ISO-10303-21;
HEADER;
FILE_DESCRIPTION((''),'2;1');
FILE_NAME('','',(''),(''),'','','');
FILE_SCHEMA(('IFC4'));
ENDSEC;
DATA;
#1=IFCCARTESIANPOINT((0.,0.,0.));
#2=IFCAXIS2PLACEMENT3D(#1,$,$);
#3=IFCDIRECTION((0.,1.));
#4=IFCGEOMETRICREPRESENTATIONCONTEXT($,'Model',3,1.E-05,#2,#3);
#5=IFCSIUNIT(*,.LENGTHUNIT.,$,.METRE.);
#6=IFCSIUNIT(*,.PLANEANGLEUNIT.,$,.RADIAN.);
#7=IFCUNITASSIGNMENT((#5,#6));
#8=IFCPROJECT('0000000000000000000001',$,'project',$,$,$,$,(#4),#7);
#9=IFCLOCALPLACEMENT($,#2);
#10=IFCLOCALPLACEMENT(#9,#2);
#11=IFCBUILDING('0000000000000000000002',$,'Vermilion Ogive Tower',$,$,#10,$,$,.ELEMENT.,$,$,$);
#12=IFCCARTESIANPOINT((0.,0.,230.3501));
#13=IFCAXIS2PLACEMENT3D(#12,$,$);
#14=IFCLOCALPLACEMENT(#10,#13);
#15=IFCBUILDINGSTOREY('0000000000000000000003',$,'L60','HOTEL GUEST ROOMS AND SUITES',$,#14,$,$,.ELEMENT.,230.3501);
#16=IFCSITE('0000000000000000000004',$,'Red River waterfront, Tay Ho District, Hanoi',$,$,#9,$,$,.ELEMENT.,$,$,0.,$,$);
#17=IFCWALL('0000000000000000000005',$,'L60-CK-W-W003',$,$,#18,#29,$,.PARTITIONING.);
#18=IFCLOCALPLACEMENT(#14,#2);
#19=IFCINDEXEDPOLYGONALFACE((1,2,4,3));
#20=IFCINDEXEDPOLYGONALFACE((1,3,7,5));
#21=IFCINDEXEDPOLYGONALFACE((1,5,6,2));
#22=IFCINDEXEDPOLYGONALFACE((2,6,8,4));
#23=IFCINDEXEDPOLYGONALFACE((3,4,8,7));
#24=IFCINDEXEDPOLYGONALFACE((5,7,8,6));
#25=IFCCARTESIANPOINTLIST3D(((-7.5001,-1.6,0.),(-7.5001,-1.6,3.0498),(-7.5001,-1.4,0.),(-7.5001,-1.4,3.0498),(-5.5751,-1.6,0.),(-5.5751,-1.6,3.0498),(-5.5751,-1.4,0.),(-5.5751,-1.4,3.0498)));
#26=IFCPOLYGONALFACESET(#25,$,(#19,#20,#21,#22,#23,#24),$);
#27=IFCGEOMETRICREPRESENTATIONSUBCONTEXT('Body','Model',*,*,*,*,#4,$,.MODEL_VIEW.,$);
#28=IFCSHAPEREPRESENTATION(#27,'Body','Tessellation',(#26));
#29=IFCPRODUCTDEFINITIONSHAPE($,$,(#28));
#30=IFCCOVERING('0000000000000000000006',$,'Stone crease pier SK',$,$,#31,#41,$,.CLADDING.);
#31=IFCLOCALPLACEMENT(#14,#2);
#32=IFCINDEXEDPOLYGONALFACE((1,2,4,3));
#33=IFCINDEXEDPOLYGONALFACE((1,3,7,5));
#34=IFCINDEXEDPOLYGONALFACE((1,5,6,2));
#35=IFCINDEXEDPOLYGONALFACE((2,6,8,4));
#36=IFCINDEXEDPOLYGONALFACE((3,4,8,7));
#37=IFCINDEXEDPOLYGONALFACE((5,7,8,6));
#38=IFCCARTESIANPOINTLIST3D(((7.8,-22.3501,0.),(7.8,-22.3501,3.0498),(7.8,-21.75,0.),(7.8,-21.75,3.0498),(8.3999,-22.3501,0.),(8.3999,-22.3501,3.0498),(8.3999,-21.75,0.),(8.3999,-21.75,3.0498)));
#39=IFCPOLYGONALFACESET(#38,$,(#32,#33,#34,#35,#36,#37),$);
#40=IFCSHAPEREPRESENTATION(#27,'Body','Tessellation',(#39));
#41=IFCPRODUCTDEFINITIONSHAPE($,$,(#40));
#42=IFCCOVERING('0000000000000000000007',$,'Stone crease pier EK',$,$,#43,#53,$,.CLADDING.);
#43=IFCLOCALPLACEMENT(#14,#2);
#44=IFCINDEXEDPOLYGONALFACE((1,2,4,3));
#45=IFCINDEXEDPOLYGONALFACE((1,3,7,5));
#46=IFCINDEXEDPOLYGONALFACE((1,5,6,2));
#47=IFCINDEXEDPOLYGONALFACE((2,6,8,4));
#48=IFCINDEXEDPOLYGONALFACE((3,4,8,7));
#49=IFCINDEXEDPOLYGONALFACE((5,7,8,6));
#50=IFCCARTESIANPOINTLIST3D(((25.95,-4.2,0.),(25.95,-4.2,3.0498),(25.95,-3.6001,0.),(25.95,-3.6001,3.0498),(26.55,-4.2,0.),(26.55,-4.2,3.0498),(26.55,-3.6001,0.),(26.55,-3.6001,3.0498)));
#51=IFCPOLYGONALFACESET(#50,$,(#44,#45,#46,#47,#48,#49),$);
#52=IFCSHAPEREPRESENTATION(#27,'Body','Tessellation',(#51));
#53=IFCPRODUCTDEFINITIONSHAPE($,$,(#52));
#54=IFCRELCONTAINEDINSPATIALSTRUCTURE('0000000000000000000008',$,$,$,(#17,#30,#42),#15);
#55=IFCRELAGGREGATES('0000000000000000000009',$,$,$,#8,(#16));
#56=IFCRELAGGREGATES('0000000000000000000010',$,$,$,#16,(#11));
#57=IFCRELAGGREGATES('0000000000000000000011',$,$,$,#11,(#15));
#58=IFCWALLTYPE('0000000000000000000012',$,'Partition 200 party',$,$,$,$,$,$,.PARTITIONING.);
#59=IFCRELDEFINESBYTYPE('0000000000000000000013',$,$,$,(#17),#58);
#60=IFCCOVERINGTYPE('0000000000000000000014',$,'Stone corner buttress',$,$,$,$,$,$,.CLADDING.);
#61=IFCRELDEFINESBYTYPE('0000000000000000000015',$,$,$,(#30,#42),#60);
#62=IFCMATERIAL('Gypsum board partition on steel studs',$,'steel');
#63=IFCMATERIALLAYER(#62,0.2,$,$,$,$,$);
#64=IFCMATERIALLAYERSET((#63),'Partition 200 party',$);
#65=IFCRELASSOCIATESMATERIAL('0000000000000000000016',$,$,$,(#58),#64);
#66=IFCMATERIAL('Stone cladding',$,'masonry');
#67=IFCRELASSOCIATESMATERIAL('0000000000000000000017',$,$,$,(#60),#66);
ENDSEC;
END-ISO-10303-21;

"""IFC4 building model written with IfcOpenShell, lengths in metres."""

from ifc_helpers import new_model, si_unit, direction, frame, frame_2d, origin, place, context, subcontext, project, spatial, polyline, rectangle, outline, extrude, material, layer, layer_set, type_object, element, save


model = new_model("IFC4")

# Units and contexts
model_context = context("Model", 3, precision=1e-05, world=origin(), true_north=direction((0.0, 1.0)))
body_context = subcontext(model_context, "Body", "Model", "MODEL_VIEW")
ifc_project = project(units=[si_unit("LENGTHUNIT", "METRE"), si_unit("PLANEANGLEUNIT", "RADIAN")], contexts=[model_context])

# Site, building, storey
site_placement = place(None, origin())
site = spatial("IfcSite", under=ifc_project, at=site_placement, Name="Red River waterfront, Tay Ho District, Hanoi", CompositionType="ELEMENT", RefElevation=0.0)
building_placement = place(site_placement, origin())
building = spatial("IfcBuilding", under=site, at=building_placement, Name="Vermilion Ogive Tower", CompositionType="ELEMENT")
storey_placement = place(building_placement, frame((0.0, 0.0, 230.3501)))
storey = spatial("IfcBuildingStorey", under=building, at=storey_placement, Name="L60", Description="HOTEL GUEST ROOMS AND SUITES", CompositionType="ELEMENT", Elevation=230.3501)

# Wall
ifc_material_1 = material(Name="Gypsum board partition on steel studs", Category="steel")
ifc_layer_1 = layer(ifc_material_1, 0.2)
ifc_layer_set_1 = layer_set([ifc_layer_1], Name="Partition 200 party")
wall_type_1 = type_object("IfcWallType", Name="Partition 200 party", PredefinedType="PARTITIONING", material=ifc_layer_set_1)
wall_1_placement = place(storey_placement, frame((-7.5, -1.5, 0.0), z_axis=(0.0, 0.0, 1.0), x_axis=(1.0, 0.0, 0.0)))
element("IfcWall", 1, at=wall_1_placement, inside=storey, type_object=wall_type_1, Name="L60-CK-W-W003", PredefinedType="PARTITIONING", context=body_context, shape_type="SweptSolid", body=[
    extrude(rectangle(XDim=1.925, YDim=0.2, at=frame_2d((0.9624, 0.0))), origin(), (0.0, 0.0, 1.0), 3.0498),
])

# Coverings
ifc_material_2 = material(Name="Stone cladding", Category="masonry")
covering_type = type_object("IfcCoveringType", Name="Stone corner buttress", PredefinedType="CLADDING", material=ifc_material_2)
covering_1_placement = place(storey_placement, origin())
element("IfcCovering", 2, at=covering_1_placement, inside=storey, type_object=covering_type, Name="Stone crease pier SK", PredefinedType="CLADDING", context=body_context, shape_type="SweptSolid", body=[
    extrude(outline(polyline([(7.8, -22.3501), (8.3999, -22.3501), (8.3999, -21.75), (7.8, -21.75), (7.8, -22.3501)])), origin(), (0.0, 0.0, 1.0), 3.0498),
])
covering_2_placement = place(storey_placement, origin())
element("IfcCovering", 3, at=covering_2_placement, inside=storey, type_object=covering_type, Name="Stone crease pier EK", PredefinedType="CLADDING", context=body_context, shape_type="SweptSolid", body=[
    extrude(outline(polyline([(26.55, -4.2), (26.55, -3.6001), (25.95, -3.6001), (25.95, -4.2), (26.55, -4.2)])), origin(), (0.0, 0.0, 1.0), 3.0498),
])

save(model, "model.ifc")
